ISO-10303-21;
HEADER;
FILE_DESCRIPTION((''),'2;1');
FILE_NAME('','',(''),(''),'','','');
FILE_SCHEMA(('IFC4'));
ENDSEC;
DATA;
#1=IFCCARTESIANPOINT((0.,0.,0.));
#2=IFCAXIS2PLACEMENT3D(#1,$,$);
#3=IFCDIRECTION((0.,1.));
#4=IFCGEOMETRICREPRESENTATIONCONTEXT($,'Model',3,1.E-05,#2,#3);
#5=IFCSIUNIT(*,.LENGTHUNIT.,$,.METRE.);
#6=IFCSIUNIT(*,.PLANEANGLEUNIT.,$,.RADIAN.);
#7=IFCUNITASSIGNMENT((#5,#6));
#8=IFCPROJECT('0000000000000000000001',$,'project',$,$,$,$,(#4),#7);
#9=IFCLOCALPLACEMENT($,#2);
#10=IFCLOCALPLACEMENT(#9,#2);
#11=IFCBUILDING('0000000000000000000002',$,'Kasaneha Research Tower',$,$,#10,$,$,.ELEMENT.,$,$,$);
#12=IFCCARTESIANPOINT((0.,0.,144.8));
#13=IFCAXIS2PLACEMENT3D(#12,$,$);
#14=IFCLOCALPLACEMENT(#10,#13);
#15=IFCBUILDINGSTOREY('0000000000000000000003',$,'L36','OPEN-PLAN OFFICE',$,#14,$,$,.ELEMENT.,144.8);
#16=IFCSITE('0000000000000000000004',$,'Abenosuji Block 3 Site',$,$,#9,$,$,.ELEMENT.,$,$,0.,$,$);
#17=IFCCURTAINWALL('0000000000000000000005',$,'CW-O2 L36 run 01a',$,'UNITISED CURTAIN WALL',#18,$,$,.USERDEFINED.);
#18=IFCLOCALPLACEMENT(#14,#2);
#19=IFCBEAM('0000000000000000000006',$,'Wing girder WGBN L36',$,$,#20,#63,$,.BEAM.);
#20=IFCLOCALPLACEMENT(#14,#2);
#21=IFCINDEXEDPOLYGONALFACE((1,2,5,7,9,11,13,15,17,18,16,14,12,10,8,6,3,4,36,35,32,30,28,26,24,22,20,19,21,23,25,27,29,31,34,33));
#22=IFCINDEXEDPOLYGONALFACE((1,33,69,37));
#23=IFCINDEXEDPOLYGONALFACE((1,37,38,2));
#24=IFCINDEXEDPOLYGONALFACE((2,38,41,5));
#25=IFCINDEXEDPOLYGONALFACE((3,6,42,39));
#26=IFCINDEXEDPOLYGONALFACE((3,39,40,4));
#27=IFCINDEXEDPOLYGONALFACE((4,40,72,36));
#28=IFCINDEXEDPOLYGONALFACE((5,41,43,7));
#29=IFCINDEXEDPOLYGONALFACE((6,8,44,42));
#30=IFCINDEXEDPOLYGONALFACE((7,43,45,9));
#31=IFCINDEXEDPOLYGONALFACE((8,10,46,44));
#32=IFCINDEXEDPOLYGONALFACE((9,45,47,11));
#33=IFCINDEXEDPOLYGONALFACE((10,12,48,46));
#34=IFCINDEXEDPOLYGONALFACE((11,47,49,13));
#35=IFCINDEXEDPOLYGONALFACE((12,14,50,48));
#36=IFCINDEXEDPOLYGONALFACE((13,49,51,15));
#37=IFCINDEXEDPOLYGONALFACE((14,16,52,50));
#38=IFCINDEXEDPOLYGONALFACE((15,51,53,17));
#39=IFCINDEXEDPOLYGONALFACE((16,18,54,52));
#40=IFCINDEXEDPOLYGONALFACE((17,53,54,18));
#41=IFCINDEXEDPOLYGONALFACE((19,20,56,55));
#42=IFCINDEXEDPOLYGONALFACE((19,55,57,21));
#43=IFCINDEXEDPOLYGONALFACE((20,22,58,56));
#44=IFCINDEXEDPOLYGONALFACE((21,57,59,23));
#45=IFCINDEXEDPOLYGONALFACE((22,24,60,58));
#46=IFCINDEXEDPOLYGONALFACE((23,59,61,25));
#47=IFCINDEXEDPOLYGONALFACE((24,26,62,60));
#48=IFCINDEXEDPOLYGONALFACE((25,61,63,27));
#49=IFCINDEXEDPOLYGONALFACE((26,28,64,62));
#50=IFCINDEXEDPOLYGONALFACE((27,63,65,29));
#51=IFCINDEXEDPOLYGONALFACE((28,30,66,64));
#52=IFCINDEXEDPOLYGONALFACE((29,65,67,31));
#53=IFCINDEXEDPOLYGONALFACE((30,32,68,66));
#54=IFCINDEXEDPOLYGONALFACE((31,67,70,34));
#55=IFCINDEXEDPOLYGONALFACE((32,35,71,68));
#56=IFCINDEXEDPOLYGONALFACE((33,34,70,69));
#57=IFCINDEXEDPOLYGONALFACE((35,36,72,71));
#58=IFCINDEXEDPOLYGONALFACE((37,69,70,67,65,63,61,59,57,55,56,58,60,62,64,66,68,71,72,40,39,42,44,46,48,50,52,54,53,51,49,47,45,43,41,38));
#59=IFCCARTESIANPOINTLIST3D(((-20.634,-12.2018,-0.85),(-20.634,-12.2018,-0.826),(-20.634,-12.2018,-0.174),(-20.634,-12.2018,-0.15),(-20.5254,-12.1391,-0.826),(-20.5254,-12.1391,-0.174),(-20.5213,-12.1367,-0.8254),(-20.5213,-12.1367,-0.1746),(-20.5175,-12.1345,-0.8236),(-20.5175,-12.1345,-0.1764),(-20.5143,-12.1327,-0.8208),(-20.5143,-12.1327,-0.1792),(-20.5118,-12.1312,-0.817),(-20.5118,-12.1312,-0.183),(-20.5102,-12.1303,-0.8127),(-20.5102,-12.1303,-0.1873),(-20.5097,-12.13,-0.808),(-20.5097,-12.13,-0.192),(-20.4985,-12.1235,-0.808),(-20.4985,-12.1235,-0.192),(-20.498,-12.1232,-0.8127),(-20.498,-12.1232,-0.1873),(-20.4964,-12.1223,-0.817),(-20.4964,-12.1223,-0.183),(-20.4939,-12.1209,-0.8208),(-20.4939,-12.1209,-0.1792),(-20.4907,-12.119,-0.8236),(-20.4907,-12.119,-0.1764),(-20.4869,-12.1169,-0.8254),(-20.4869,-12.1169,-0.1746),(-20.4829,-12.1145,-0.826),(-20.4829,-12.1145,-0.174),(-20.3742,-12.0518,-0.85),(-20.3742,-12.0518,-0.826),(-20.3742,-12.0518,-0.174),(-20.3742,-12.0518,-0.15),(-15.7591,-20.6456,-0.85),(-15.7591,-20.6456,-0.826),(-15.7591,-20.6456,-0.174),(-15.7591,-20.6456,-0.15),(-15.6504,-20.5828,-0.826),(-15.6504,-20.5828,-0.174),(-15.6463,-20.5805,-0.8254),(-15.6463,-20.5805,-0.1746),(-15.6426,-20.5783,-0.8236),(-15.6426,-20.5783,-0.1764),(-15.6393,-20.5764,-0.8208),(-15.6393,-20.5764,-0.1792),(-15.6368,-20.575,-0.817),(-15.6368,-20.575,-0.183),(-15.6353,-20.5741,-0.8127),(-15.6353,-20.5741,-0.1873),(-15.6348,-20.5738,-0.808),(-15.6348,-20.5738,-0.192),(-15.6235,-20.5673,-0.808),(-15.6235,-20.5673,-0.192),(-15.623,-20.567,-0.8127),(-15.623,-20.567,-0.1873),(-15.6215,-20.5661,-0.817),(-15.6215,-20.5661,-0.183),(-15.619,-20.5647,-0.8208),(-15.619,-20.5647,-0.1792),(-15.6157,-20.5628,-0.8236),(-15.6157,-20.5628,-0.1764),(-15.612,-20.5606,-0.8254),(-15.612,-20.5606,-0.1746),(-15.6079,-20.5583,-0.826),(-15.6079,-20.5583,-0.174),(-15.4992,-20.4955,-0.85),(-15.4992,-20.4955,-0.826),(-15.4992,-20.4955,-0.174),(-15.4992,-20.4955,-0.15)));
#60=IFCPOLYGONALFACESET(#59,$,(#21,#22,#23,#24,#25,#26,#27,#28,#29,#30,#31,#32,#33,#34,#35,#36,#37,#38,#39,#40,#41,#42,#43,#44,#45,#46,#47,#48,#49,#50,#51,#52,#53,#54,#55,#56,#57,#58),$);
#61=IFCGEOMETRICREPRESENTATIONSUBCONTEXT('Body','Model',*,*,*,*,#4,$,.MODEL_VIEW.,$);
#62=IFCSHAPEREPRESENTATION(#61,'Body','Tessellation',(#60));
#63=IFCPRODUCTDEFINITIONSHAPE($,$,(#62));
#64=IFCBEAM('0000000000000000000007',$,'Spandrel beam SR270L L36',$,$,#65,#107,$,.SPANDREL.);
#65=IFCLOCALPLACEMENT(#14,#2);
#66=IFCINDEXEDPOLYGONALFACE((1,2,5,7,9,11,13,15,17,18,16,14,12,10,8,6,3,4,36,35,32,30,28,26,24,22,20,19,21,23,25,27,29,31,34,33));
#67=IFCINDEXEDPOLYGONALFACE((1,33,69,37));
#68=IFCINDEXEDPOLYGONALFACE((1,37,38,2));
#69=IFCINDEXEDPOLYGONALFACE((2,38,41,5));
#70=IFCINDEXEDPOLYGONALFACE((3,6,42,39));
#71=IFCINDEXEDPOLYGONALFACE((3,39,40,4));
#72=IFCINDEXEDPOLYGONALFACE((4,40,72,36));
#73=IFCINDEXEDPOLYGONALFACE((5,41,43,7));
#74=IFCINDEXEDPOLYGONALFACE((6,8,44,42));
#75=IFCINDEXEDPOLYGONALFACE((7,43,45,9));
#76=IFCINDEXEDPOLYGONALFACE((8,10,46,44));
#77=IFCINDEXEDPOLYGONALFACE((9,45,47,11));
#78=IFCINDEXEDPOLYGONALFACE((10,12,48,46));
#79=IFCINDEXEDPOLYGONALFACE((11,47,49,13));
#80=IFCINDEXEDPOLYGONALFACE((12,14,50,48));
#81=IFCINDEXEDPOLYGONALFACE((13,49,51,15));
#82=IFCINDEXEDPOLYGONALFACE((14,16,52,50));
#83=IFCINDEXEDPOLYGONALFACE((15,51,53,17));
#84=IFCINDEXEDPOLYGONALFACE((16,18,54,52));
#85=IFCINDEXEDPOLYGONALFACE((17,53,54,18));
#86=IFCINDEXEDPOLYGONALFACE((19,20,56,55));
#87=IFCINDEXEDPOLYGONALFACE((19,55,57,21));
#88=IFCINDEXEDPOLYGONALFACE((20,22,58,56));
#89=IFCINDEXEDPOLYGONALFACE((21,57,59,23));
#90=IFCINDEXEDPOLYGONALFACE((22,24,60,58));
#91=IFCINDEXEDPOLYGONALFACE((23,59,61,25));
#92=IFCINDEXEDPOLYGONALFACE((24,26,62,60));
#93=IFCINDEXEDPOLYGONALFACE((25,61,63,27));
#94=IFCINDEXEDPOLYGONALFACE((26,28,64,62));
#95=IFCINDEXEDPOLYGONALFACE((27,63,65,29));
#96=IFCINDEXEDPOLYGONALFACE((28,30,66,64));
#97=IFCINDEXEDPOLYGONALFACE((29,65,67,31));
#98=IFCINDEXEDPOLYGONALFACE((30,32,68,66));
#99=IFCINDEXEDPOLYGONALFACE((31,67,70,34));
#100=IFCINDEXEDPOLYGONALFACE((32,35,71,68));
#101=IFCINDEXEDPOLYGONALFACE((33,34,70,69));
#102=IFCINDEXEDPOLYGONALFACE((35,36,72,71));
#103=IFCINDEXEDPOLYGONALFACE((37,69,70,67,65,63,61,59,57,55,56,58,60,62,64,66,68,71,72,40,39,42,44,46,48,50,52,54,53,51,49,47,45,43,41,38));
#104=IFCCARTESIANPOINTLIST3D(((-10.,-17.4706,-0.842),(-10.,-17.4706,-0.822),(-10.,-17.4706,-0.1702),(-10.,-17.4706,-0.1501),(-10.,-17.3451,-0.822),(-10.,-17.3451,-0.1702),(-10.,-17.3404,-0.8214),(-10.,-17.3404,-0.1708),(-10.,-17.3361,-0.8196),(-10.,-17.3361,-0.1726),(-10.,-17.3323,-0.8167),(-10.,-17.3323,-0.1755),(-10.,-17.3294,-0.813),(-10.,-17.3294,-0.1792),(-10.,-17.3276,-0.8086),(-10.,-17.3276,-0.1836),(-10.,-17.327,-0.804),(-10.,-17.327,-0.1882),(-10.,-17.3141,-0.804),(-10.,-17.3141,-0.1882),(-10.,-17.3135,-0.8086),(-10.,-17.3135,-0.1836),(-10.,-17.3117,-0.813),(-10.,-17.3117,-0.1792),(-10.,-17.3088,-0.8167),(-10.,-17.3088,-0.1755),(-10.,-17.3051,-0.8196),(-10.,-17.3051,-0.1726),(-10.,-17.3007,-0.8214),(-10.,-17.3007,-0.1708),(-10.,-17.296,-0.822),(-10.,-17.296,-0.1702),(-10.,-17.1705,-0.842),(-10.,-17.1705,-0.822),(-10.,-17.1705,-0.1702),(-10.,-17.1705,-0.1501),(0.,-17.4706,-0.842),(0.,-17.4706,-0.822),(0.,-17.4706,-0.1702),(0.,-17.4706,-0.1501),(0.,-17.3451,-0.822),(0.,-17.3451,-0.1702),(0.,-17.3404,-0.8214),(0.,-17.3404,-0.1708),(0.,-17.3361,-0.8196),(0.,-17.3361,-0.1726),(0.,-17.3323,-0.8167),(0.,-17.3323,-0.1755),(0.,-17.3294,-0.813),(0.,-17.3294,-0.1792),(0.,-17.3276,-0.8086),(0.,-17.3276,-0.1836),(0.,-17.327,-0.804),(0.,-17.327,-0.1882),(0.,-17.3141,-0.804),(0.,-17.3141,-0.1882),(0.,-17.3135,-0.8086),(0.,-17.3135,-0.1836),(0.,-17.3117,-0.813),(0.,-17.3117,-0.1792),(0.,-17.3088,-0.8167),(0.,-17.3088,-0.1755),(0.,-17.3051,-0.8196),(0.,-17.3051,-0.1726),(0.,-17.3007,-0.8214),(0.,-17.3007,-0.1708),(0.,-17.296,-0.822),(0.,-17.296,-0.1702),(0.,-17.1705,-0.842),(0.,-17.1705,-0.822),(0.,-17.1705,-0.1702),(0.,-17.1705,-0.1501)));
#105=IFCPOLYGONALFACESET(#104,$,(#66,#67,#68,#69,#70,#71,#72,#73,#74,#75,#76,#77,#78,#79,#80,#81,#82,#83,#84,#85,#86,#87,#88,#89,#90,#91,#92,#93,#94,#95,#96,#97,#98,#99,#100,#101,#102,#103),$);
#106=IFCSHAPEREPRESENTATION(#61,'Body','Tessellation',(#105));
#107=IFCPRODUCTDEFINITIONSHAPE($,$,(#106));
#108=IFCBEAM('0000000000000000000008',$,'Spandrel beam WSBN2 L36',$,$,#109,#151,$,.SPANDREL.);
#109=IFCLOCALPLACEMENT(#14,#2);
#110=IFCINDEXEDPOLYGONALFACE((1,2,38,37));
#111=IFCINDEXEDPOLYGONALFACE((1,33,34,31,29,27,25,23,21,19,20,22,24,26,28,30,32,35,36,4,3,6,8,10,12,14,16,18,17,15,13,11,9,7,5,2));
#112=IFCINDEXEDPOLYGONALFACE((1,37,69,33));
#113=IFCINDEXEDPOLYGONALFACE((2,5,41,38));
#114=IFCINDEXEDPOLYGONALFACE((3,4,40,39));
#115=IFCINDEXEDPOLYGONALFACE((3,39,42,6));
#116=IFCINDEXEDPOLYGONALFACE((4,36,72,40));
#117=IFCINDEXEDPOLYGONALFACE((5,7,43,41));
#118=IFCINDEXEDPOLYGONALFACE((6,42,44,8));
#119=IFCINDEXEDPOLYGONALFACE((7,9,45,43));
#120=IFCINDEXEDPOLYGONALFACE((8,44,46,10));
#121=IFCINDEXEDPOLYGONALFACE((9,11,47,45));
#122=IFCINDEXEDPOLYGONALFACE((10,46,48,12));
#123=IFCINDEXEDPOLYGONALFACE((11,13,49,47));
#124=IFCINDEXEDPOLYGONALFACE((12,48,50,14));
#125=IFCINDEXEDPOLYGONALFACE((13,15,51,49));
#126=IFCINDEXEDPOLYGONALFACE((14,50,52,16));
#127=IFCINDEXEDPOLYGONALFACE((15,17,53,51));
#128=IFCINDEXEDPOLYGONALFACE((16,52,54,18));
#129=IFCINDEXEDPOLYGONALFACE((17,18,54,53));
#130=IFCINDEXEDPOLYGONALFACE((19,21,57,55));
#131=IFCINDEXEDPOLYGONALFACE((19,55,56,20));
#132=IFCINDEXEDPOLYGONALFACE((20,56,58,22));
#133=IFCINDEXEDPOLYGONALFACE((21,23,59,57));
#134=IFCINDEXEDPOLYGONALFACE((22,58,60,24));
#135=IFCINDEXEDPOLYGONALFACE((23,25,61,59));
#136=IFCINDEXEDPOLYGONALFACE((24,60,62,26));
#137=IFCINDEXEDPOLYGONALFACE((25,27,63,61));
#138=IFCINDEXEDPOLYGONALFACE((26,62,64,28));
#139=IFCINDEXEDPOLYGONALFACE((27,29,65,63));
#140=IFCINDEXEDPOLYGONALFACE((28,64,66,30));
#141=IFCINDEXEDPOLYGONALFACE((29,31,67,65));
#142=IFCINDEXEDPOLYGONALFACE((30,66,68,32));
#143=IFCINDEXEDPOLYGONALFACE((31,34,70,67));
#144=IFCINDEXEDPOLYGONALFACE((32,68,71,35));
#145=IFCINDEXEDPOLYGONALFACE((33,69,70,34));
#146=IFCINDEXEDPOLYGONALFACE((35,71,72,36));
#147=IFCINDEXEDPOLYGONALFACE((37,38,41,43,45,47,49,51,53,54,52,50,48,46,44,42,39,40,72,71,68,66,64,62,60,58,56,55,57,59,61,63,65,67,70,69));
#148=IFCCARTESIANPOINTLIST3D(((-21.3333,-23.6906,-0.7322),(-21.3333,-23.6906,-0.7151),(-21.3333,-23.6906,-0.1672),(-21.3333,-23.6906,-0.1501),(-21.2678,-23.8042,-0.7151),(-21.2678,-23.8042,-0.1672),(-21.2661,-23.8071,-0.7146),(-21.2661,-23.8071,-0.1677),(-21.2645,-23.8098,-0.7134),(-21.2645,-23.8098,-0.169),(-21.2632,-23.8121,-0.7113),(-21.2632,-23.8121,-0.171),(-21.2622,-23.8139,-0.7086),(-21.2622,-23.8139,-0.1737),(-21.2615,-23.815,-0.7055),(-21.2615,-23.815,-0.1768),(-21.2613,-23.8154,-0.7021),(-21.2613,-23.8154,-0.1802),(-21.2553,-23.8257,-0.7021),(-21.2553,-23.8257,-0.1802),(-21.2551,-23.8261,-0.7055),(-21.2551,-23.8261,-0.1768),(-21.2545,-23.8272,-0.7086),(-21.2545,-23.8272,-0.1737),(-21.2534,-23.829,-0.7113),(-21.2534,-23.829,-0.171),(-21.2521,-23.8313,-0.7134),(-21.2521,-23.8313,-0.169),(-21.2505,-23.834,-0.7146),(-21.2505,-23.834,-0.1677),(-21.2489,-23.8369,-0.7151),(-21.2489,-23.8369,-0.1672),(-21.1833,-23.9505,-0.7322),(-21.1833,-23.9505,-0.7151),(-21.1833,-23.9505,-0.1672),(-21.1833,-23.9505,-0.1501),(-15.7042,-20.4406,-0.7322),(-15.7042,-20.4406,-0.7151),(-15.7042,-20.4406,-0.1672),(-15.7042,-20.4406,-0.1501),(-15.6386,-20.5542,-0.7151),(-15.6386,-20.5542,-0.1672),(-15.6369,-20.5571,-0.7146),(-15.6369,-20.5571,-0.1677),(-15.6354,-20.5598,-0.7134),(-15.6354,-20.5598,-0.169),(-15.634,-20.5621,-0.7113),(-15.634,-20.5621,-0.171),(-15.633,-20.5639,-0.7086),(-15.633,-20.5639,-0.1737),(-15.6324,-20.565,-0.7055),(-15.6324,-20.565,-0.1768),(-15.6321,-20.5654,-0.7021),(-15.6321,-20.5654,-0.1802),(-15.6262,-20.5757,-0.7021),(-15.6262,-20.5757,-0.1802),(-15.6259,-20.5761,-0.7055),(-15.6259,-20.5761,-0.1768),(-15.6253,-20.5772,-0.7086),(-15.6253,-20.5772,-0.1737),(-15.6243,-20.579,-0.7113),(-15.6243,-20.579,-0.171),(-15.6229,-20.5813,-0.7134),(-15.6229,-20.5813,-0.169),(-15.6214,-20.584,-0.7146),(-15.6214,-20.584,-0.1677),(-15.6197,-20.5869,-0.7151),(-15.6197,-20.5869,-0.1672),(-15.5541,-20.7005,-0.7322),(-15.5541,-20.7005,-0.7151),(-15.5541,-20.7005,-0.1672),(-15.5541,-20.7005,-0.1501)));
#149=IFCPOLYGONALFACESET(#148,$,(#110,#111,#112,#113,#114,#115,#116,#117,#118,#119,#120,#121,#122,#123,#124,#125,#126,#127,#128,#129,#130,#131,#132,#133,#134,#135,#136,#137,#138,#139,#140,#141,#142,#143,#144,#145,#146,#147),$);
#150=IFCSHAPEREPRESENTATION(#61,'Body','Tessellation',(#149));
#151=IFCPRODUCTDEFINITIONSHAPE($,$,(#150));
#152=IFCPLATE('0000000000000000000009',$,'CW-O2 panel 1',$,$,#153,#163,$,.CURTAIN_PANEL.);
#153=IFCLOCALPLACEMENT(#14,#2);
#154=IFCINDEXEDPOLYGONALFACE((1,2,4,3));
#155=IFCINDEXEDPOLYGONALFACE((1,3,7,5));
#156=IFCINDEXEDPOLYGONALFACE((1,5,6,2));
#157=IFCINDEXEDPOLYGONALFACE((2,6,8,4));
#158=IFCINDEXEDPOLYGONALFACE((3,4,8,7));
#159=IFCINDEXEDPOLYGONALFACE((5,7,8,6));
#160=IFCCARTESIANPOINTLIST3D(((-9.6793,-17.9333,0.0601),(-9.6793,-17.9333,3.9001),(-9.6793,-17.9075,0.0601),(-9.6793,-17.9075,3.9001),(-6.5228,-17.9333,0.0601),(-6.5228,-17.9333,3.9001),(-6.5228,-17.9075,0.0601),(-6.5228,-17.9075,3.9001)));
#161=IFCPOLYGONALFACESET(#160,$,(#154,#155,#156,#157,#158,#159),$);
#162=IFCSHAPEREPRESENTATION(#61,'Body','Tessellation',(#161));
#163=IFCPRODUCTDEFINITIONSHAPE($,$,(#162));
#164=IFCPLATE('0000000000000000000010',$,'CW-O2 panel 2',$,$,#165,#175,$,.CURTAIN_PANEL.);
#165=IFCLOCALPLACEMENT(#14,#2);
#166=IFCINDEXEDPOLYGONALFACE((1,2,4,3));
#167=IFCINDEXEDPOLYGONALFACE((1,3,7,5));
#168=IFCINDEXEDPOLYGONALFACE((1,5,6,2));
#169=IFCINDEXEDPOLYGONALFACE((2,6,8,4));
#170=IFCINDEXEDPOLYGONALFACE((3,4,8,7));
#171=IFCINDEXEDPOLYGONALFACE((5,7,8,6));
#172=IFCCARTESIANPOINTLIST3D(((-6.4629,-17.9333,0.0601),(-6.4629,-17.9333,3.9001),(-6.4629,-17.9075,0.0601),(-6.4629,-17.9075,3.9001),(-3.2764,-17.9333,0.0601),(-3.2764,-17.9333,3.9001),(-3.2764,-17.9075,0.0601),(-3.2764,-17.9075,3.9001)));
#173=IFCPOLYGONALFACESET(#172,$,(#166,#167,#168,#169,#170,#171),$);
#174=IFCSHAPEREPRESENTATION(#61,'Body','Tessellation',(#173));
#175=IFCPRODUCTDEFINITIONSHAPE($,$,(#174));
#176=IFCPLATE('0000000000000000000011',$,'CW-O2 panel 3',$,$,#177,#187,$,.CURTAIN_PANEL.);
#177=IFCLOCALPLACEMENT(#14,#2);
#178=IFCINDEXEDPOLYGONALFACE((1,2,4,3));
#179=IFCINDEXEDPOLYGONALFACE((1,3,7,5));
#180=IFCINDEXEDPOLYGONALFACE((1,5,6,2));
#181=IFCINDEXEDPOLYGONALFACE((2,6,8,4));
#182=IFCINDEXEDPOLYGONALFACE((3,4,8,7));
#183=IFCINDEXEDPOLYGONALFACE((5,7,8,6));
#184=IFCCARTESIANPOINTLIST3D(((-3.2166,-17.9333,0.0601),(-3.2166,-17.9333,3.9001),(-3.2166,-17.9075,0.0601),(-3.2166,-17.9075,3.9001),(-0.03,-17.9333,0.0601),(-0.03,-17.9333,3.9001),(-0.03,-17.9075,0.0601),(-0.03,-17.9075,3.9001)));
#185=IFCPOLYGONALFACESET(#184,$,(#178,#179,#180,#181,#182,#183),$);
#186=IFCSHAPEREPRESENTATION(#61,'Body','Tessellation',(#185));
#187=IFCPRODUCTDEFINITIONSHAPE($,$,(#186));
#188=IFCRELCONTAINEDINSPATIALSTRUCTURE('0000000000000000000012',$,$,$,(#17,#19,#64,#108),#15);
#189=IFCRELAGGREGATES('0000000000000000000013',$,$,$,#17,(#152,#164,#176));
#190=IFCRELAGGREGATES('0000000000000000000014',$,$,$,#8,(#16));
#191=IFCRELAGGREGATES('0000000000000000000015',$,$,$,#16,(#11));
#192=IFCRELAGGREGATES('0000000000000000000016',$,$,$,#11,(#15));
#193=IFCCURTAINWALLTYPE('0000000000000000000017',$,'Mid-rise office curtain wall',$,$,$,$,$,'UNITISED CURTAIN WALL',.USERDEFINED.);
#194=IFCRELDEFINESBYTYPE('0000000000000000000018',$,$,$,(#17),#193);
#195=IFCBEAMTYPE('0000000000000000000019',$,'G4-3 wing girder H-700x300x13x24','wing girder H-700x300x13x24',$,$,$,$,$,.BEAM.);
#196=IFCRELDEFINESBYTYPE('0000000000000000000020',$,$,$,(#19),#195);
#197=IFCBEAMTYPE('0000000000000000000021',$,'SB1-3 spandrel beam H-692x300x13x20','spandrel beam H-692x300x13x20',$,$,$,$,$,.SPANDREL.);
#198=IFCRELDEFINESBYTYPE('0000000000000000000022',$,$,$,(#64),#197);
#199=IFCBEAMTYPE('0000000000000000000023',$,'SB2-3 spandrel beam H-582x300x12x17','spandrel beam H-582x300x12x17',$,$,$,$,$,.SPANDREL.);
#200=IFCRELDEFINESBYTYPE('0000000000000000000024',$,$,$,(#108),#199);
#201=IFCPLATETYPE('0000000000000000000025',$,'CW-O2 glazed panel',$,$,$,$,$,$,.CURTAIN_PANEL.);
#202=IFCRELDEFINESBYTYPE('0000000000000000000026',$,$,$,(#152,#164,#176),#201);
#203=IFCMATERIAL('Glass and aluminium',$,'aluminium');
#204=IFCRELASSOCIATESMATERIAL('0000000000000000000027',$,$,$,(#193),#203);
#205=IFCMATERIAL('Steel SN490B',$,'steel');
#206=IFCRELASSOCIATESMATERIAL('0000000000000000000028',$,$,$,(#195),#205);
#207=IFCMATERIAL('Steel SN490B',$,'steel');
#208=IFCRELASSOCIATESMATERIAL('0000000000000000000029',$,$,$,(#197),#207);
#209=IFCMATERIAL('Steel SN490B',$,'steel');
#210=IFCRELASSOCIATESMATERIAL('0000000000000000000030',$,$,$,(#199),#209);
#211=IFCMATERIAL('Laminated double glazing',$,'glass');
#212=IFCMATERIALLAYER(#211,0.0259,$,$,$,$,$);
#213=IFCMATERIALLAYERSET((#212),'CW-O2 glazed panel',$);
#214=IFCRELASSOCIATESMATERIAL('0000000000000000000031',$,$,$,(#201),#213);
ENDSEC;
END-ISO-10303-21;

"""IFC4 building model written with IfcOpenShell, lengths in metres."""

from ifc_helpers import new_model, si_unit, direction, frame, origin, origin_2d, place, context, subcontext, project, spatial, rectangle, i_section, extrude, material, layer, layer_set, material_profile, profile_set, type_object, element, aggregate, save


model = new_model("IFC4")

# Units and contexts
model_context = context("Model", 3, precision=1e-05, world=origin(), true_north=direction((0.0, 1.0)))
body_context = subcontext(model_context, "Body", "Model", "MODEL_VIEW")
ifc_project = project(units=[si_unit("LENGTHUNIT", "METRE"), si_unit("PLANEANGLEUNIT", "RADIAN")], contexts=[model_context])

# Site, building, storey
site_placement = place(None, origin())
site = spatial("IfcSite", under=ifc_project, at=site_placement, Name="Abenosuji Block 3 Site", CompositionType="ELEMENT", RefElevation=0.0)
building_placement = place(site_placement, origin())
building = spatial("IfcBuilding", under=site, at=building_placement, Name="Kasaneha Research Tower", CompositionType="ELEMENT")
storey_placement = place(building_placement, frame((0.0, 0.0, 144.8)))
storey = spatial("IfcBuildingStorey", under=building, at=storey_placement, Name="L36", Description="OPEN-PLAN OFFICE", CompositionType="ELEMENT", Elevation=144.8)

# Curtain wall
ifc_material_1 = material(Name="Glass and aluminium", Category="aluminium")
curtain_wall_type = type_object("IfcCurtainWallType", Name="Mid-rise office curtain wall", ElementType="UNITISED CURTAIN WALL", PredefinedType="USERDEFINED", material=ifc_material_1)
curtain_wall_1_placement = place(storey_placement, origin())
curtain_wall_1 = element("IfcCurtainWall", 1, at=curtain_wall_1_placement, inside=storey, type_object=curtain_wall_type, Name="CW-O2 L36 run 01a", ObjectType="UNITISED CURTAIN WALL", PredefinedType="USERDEFINED")

# Beams
ifc_material_2 = material(Name="Steel SN490B", Category="steel")
ifc_material_profile_1 = material_profile(ifc_material_2, i_section(OverallWidth=0.3, OverallDepth=0.7, WebThickness=0.0129, FlangeThickness=0.0239, FilletRadius=0.0181, at=origin_2d()), Name="H-700x300x13x24")
ifc_profile_set_1 = profile_set([ifc_material_profile_1], Name="Steel SN490B")
beam_type_1 = type_object("IfcBeamType", Name="G4-3 wing girder H-700x300x13x24", Description="wing girder H-700x300x13x24", PredefinedType="BEAM", material=ifc_profile_set_1)
beam_1_placement = place(storey_placement, frame((-15.6292, -20.5706, -0.5), z_axis=(-0.499996, 0.866028, 0.0), x_axis=(-0.866028, -0.499996, 0.0)))
element("IfcBeam", 2, at=beam_1_placement, inside=storey, type_object=beam_type_1, Name="Wing girder WGBN L36", PredefinedType="BEAM", context=body_context, shape_type="SweptSolid", body=[
    extrude(i_section(OverallWidth=0.3, OverallDepth=0.7, WebThickness=0.0129, FlangeThickness=0.0239, FilletRadius=0.0181, at=origin_2d()), origin(), (0.0, 0.0, 1.0), 9.75),
])
ifc_material_3 = material(Name="Steel SN490B", Category="steel")
ifc_material_profile_2 = material_profile(ifc_material_3, i_section(OverallWidth=0.3, OverallDepth=0.6919, WebThickness=0.0129, FlangeThickness=0.02, FilletRadius=0.0181, at=origin_2d()), Name="H-692x300x13x20")
ifc_profile_set_2 = profile_set([ifc_material_profile_2], Name="Steel SN490B")
beam_type_2 = type_object("IfcBeamType", Name="SB1-3 spandrel beam H-692x300x13x20", Description="spandrel beam H-692x300x13x20", PredefinedType="SPANDREL", material=ifc_profile_set_2)
beam_2_placement = place(storey_placement, frame((-10.0, -17.3206, -0.4961), z_axis=(1.0, 0.0, 0.0), x_axis=(0.0, 1.0, 0.0)))
element("IfcBeam", 3, at=beam_2_placement, inside=storey, type_object=beam_type_2, Name="Spandrel beam SR270L L36", PredefinedType="SPANDREL", context=body_context, shape_type="SweptSolid", body=[
    extrude(i_section(OverallWidth=0.3, OverallDepth=0.6919, WebThickness=0.0129, FlangeThickness=0.02, FilletRadius=0.0181, at=origin_2d()), origin(), (0.0, 0.0, 1.0), 10.0),
])
ifc_material_4 = material(Name="Steel SN490B", Category="steel")
ifc_material_profile_3 = material_profile(ifc_material_4, i_section(OverallWidth=0.3, OverallDepth=0.582, WebThickness=0.012, FlangeThickness=0.0171, FilletRadius=0.0129, at=origin_2d()), Name="H-582x300x12x17")
ifc_profile_set_3 = profile_set([ifc_material_profile_3], Name="Steel SN490B")
beam_type_3 = type_object("IfcBeamType", Name="SB2-3 spandrel beam H-582x300x12x17", Description="spandrel beam H-582x300x12x17", PredefinedType="SPANDREL", material=ifc_profile_set_3)
beam_3_placement = place(storey_placement, frame((-15.6292, -20.5706, -0.4412), z_axis=(-0.866025, -0.500001, 0.0), x_axis=(0.500001, -0.866025, 0.0)))
element("IfcBeam", 4, at=beam_3_placement, inside=storey, type_object=beam_type_3, Name="Spandrel beam WSBN2 L36", PredefinedType="SPANDREL", context=body_context, shape_type="SweptSolid", body=[
    extrude(i_section(OverallWidth=0.3, OverallDepth=0.582, WebThickness=0.012, FlangeThickness=0.0171, FilletRadius=0.0129, at=origin_2d()), origin(), (0.0, 0.0, 1.0), 6.5),
])

# Plates
ifc_material_5 = material(Name="Laminated double glazing", Category="glass")
ifc_layer_1 = layer(ifc_material_5, 0.0259)
ifc_layer_set_1 = layer_set([ifc_layer_1], Name="CW-O2 glazed panel")
plate_type = type_object("IfcPlateType", Name="CW-O2 glazed panel", PredefinedType="CURTAIN_PANEL", material=ifc_layer_set_1)
plate_1_placement = place(storey_placement, frame((-8.1011, -17.9204, 0.0601), z_axis=(0.0, 0.0, 1.0), x_axis=(1.0, 0.0, 0.0)))
plate_1 = element("IfcPlate", 5, at=plate_1_placement, type_object=plate_type, Name="CW-O2 panel 1", PredefinedType="CURTAIN_PANEL", context=body_context, shape_type="SweptSolid", body=[
    extrude(rectangle(XDim=3.1565, YDim=0.0259, at=origin_2d()), origin(), (0.0, 0.0, 1.0), 3.8401),
])
plate_2_placement = place(storey_placement, frame((-4.8696, -17.9204, 0.0601), z_axis=(0.0, 0.0, 1.0), x_axis=(1.0, 0.0, 0.0)))
plate_2 = element("IfcPlate", 6, at=plate_2_placement, type_object=plate_type, Name="CW-O2 panel 2", PredefinedType="CURTAIN_PANEL", context=body_context, shape_type="SweptSolid", body=[
    extrude(rectangle(XDim=3.1865, YDim=0.0259, at=origin_2d()), origin(), (0.0, 0.0, 1.0), 3.8401),
])
plate_3_placement = place(storey_placement, frame((-1.6233, -17.9204, 0.0601), z_axis=(0.0, 0.0, 1.0), x_axis=(1.0, 0.0, 0.0)))
plate_3 = element("IfcPlate", 7, at=plate_3_placement, type_object=plate_type, Name="CW-O2 panel 3", PredefinedType="CURTAIN_PANEL", context=body_context, shape_type="SweptSolid", body=[
    extrude(rectangle(XDim=3.1865, YDim=0.0259, at=origin_2d()), origin(), (0.0, 0.0, 1.0), 3.8401),
])
aggregate(curtain_wall_1, [plate_1, plate_2, plate_3])

save(model, "model.ifc")
